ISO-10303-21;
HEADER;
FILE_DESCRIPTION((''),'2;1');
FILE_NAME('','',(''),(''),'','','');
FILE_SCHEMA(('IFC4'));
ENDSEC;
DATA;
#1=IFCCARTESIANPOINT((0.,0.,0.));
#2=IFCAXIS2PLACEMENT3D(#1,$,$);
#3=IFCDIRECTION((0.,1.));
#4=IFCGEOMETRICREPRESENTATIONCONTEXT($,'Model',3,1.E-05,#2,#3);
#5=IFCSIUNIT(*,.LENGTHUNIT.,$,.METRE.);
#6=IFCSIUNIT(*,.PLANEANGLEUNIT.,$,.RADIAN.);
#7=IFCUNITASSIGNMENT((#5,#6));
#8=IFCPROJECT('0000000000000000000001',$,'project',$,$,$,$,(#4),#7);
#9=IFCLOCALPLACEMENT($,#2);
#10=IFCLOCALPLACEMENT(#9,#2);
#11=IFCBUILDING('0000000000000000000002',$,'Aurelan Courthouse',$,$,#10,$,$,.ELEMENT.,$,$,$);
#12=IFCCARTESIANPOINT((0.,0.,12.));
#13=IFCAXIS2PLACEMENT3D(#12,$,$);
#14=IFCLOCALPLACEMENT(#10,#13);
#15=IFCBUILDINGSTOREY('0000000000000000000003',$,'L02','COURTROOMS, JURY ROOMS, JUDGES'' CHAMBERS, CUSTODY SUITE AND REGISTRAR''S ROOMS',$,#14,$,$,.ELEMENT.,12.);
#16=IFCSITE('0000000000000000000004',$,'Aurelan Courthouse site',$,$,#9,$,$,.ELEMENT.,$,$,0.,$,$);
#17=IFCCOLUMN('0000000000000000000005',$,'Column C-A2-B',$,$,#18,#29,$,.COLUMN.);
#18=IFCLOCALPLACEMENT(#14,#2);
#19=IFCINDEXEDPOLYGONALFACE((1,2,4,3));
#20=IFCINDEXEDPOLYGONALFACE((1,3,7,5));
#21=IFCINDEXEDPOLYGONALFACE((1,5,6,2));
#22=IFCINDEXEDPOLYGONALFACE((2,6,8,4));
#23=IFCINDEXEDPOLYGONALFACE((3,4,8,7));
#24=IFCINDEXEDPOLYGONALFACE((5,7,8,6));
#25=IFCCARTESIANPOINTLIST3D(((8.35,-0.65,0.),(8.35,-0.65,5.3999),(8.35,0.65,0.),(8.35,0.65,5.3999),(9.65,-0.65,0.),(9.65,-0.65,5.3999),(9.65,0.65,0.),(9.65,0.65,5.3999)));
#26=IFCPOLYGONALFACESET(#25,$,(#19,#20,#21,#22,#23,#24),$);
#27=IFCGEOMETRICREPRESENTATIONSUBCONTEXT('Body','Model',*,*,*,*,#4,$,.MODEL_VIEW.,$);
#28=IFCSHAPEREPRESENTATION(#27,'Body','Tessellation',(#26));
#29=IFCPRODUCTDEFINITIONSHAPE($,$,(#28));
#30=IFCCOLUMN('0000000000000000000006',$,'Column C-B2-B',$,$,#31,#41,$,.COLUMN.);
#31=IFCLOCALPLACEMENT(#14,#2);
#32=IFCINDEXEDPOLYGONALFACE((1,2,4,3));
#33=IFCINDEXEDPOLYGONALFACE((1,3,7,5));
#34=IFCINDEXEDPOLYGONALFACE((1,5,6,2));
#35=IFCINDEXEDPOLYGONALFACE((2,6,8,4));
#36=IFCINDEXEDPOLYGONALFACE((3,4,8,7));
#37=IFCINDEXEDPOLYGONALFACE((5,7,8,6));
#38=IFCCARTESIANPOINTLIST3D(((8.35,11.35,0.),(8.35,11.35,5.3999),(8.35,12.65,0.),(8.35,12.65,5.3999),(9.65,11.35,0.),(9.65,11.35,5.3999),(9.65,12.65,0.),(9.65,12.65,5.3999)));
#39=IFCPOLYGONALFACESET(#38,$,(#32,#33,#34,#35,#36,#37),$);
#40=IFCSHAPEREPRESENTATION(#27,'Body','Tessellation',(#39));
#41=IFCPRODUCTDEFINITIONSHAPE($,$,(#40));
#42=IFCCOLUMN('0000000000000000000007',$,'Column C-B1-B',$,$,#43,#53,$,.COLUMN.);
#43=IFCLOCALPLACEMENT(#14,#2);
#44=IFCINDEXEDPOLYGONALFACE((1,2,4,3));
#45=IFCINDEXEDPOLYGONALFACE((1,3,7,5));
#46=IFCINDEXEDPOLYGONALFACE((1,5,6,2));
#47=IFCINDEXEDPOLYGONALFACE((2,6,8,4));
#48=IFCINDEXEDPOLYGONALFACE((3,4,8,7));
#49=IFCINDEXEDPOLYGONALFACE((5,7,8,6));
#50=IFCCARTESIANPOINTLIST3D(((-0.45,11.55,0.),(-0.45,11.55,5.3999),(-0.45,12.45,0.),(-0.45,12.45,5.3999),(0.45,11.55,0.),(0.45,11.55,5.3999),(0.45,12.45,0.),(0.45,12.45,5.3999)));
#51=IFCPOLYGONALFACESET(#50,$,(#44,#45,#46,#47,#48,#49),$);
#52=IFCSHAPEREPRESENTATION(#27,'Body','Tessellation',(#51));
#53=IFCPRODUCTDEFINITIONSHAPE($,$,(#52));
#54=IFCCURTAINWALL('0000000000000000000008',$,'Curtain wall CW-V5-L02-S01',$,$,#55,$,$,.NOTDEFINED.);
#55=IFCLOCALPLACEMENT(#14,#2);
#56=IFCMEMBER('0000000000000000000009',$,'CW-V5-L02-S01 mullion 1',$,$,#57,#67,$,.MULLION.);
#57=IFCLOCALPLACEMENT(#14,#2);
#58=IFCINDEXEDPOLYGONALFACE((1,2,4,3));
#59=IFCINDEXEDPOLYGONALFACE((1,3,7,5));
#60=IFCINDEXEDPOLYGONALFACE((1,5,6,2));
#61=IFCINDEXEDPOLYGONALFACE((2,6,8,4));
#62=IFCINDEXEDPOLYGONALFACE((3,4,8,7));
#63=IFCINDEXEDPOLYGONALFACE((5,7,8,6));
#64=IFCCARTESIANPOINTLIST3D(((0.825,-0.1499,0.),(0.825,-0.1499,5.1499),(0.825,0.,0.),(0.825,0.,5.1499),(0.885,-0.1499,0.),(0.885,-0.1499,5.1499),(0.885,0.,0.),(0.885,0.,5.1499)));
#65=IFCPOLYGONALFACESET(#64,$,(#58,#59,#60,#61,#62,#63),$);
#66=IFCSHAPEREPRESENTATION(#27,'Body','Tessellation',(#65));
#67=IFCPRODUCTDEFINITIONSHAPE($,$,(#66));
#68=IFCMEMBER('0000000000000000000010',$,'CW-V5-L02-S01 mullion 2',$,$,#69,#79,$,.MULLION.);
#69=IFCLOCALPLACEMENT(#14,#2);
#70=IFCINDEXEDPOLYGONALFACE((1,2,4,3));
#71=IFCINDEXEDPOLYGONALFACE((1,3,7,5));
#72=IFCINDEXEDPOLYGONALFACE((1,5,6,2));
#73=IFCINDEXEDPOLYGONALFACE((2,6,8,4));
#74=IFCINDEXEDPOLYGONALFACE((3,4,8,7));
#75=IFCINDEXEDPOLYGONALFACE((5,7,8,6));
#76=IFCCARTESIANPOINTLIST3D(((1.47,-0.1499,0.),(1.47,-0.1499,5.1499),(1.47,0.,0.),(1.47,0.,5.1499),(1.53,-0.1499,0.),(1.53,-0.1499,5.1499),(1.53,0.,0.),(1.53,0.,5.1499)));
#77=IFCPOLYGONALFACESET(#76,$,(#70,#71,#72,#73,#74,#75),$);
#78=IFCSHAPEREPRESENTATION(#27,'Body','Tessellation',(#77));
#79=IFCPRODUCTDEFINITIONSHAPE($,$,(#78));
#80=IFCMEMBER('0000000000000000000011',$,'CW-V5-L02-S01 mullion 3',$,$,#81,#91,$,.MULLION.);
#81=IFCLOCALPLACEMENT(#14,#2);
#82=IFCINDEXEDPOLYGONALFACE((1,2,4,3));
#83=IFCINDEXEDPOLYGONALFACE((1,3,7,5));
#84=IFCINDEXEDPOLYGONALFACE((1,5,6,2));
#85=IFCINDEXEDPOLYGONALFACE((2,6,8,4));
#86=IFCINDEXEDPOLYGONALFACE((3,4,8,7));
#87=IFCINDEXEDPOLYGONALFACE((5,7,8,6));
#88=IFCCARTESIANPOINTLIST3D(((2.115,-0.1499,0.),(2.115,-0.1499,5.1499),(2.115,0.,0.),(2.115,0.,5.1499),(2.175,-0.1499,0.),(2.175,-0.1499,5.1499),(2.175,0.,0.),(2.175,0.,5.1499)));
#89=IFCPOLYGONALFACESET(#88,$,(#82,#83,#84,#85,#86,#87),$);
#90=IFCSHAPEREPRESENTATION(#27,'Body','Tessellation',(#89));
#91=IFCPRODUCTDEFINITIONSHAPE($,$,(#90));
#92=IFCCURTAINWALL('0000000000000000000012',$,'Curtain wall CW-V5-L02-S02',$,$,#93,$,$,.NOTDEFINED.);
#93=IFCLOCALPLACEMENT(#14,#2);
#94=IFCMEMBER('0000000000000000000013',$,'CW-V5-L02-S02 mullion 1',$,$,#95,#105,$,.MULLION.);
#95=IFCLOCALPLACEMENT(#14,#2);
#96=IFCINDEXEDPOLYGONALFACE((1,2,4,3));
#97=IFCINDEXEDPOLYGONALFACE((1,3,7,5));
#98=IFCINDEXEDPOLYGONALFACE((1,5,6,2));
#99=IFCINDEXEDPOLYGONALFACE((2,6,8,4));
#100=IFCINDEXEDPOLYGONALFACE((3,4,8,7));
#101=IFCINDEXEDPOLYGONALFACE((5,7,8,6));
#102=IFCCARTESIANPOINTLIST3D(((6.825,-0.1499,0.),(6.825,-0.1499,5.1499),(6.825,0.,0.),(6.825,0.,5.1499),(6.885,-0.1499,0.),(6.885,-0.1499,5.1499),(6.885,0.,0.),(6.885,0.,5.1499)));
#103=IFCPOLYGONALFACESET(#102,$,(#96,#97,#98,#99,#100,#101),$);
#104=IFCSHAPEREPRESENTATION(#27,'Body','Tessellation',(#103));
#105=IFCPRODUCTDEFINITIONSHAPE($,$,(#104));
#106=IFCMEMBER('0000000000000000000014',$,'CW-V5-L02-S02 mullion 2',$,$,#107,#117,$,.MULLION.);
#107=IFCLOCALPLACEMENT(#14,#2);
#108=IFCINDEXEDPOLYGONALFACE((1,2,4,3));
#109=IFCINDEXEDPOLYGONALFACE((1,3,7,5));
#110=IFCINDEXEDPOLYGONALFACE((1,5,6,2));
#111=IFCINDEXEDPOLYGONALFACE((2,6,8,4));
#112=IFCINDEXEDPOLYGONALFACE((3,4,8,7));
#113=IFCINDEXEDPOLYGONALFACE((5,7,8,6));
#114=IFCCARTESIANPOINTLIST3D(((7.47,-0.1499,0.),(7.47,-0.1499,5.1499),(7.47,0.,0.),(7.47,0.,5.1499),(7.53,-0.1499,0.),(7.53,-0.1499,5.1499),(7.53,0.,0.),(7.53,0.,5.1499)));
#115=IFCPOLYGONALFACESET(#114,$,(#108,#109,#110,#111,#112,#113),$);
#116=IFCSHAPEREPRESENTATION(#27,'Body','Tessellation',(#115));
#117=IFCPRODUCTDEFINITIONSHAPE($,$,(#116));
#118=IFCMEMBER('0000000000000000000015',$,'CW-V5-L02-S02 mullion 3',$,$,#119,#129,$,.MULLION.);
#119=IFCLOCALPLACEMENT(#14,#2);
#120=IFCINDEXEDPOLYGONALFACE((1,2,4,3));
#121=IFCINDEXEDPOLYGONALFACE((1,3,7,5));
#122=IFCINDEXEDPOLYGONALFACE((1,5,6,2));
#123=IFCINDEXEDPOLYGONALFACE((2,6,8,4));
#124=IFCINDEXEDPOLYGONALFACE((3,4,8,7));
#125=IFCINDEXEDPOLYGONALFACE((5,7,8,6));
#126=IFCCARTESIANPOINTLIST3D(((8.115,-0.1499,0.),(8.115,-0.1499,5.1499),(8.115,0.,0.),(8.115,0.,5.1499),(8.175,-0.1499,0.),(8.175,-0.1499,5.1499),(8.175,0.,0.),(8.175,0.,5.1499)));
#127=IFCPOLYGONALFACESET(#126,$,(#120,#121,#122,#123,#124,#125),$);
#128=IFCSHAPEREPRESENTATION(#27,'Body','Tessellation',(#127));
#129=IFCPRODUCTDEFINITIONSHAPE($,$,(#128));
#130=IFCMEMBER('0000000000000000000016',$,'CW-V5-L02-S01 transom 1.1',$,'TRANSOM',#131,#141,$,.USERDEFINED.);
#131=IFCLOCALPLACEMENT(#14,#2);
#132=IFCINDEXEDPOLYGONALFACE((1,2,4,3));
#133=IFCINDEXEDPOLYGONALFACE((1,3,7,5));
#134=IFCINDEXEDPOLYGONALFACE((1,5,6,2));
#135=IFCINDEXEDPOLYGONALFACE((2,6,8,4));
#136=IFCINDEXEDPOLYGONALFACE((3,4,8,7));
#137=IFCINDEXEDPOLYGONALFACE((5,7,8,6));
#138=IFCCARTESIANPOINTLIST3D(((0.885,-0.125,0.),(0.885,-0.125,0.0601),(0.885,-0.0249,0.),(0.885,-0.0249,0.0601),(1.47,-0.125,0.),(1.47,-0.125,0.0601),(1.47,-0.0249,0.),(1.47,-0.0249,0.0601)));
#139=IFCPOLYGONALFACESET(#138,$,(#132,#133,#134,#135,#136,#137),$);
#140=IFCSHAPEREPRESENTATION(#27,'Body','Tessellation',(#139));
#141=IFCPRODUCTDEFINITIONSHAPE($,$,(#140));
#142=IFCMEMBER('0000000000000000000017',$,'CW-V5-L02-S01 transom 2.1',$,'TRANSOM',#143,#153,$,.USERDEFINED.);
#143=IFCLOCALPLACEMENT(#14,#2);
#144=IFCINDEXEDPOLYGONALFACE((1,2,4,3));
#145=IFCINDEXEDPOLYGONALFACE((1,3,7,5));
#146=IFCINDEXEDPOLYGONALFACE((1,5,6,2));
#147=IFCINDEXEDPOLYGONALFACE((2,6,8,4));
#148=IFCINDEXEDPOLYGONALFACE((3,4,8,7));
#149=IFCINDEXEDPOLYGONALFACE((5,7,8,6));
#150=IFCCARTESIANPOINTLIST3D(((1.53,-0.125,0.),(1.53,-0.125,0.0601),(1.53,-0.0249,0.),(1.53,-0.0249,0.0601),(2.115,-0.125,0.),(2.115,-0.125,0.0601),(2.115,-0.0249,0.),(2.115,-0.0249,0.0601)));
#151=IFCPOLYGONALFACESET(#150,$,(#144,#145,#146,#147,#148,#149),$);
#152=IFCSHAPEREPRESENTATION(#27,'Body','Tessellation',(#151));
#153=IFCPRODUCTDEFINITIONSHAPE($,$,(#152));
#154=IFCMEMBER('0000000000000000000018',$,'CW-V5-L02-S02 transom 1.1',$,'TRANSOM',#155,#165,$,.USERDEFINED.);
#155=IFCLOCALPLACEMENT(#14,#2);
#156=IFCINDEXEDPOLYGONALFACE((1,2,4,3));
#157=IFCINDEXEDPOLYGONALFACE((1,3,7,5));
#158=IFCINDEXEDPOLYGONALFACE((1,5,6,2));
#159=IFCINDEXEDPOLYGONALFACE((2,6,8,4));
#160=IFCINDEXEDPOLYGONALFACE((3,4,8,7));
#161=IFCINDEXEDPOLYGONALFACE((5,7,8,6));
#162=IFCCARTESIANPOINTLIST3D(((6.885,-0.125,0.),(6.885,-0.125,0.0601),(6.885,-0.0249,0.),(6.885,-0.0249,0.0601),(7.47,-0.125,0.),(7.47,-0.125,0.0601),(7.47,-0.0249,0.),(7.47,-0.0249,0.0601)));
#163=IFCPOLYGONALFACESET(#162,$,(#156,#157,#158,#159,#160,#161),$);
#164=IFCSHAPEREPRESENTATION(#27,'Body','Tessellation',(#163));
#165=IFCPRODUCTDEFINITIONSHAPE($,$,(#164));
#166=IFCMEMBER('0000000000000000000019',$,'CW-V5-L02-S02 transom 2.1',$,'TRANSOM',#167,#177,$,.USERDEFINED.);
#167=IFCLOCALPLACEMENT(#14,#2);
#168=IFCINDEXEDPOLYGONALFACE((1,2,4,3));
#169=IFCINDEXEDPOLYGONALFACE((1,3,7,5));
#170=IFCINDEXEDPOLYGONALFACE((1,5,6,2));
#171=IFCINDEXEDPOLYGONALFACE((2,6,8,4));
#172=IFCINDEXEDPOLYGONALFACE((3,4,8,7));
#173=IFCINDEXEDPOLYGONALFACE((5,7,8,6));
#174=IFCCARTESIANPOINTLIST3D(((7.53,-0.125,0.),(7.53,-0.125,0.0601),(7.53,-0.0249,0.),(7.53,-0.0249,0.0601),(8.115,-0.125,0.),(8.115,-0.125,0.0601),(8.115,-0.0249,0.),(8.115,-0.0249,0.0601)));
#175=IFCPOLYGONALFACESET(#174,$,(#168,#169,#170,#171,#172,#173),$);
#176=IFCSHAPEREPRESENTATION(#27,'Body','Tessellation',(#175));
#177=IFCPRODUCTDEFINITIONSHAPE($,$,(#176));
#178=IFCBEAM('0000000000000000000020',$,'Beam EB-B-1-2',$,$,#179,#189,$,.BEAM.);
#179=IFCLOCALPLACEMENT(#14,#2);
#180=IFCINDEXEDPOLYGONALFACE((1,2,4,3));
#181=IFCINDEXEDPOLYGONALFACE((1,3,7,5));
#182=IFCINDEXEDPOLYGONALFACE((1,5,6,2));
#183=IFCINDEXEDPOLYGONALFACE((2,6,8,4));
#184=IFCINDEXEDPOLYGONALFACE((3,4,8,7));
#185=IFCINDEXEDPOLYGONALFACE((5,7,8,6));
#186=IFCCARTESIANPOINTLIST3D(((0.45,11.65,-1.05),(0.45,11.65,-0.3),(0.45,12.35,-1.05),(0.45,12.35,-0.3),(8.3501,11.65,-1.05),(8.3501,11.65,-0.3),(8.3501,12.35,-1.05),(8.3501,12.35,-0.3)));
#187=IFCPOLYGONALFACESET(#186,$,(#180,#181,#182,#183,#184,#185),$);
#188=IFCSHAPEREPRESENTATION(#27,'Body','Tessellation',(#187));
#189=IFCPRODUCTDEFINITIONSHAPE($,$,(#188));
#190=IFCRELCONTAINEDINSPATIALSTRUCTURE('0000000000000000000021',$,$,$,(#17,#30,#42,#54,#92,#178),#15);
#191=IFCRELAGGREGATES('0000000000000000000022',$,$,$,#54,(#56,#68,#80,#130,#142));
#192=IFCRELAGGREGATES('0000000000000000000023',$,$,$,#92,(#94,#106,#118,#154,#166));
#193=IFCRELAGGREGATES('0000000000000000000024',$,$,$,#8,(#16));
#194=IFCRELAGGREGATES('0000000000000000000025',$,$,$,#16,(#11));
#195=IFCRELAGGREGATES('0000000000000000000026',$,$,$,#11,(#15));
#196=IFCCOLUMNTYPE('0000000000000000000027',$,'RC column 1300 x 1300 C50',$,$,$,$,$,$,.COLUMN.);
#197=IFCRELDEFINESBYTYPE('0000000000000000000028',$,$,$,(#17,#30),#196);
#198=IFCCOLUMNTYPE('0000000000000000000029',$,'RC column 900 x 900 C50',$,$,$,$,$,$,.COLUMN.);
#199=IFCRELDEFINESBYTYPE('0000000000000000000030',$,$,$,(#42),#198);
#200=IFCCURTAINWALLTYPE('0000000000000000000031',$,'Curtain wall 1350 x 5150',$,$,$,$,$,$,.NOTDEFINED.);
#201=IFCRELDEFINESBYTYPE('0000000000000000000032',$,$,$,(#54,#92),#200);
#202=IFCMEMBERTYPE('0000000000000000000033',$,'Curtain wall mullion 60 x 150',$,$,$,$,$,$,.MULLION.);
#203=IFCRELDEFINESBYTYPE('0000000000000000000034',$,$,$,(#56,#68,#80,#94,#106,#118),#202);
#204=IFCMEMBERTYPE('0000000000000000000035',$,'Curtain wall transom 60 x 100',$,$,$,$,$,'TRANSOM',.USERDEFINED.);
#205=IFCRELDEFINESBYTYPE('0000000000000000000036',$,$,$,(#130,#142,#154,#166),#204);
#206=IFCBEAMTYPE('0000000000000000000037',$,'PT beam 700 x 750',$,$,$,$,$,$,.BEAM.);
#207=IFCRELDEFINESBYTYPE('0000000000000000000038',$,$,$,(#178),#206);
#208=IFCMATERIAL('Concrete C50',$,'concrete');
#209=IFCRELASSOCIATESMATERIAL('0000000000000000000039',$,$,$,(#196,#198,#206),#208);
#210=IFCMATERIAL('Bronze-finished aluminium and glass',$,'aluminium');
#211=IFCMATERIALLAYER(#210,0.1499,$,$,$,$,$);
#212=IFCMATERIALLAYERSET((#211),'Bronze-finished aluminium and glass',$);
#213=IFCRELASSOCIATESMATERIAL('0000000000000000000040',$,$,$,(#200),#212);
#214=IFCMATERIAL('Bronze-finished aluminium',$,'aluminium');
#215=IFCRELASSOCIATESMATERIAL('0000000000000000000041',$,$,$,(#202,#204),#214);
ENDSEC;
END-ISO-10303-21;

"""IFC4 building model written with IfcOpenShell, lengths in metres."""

from ifc_helpers import new_model, si_unit, direction, frame, origin, origin_2d, place, context, subcontext, project, spatial, rectangle, extrude, material, layer, layer_set, material_profile, profile_set, type_object, element, aggregate, save


model = new_model("IFC4")

# Units and contexts
model_context = context("Model", 3, precision=1e-05, world=origin(), true_north=direction((0.0, 1.0)))
body_context = subcontext(model_context, "Body", "Model", "MODEL_VIEW")
ifc_project = project(units=[si_unit("LENGTHUNIT", "METRE"), si_unit("PLANEANGLEUNIT", "RADIAN")], contexts=[model_context])

# Site, building, storey
site_placement = place(None, origin())
site = spatial("IfcSite", under=ifc_project, at=site_placement, Name="Aurelan Courthouse site", CompositionType="ELEMENT", RefElevation=0.0)
building_placement = place(site_placement, origin())
building = spatial("IfcBuilding", under=site, at=building_placement, Name="Aurelan Courthouse", CompositionType="ELEMENT")
storey_placement = place(building_placement, frame((0.0, 0.0, 12.0)))
storey = spatial("IfcBuildingStorey", under=building, at=storey_placement, Name="L02", Description="COURTROOMS, JURY ROOMS, JUDGES' CHAMBERS, CUSTODY SUITE AND REGISTRAR'S ROOMS", CompositionType="ELEMENT", Elevation=12.0)

# Columns
ifc_material_1 = material(Name="Concrete C50", Category="concrete")
ifc_material_profile_1 = material_profile(ifc_material_1, rectangle(XDim=1.3, YDim=1.3, at=origin_2d()), Name="RC 1300 x 1300")
ifc_profile_set_1 = profile_set([ifc_material_profile_1], Name="Concrete C50")
column_type_1 = type_object("IfcColumnType", Name="RC column 1300 x 1300 C50", PredefinedType="COLUMN", material=ifc_profile_set_1)
for number, where, z_axis, x_axis, name in (
    (1, (9.0, 0.0, 0.0), (0.0, 0.0, 1.0), (1.0, 0.0, 0.0), "Column C-A2-B"),
    (2, (9.0, 12.0, 0.0), (0.0, 0.0, 1.0), (1.0, 0.0, 0.0), "Column C-B2-B"),
):
    element("IfcColumn", number, at=place(storey_placement, frame(where, z_axis=z_axis, x_axis=x_axis)), inside=storey, type_object=column_type_1, Name=name, PredefinedType="COLUMN", context=body_context, shape_type="SweptSolid", body=[
        extrude(rectangle(XDim=1.3, YDim=1.3, at=origin_2d()), origin(), (0.0, 0.0, 1.0), 5.3999),
    ])
ifc_material_profile_2 = material_profile(ifc_material_1, rectangle(XDim=0.8999, YDim=0.8999, at=origin_2d()), Name="RC 900 x 900")
ifc_profile_set_2 = profile_set([ifc_material_profile_2], Name="Concrete C50")
column_type_2 = type_object("IfcColumnType", Name="RC column 900 x 900 C50", PredefinedType="COLUMN", material=ifc_profile_set_2)
column_placement = place(storey_placement, frame((0.0, 12.0, 0.0), z_axis=(0.0, 0.0, 1.0), x_axis=(1.0, 0.0, 0.0)))
element("IfcColumn", 3, at=column_placement, inside=storey, type_object=column_type_2, Name="Column C-B1-B", PredefinedType="COLUMN", context=body_context, shape_type="SweptSolid", body=[
    extrude(rectangle(XDim=0.8999, YDim=0.8999, at=origin_2d()), origin(), (0.0, 0.0, 1.0), 5.3999),
])

# Curtain walls, members
ifc_material_2 = material(Name="Bronze-finished aluminium and glass", Category="aluminium")
ifc_layer_1 = layer(ifc_material_2, 0.1499)
ifc_layer_set_1 = layer_set([ifc_layer_1], Name="Bronze-finished aluminium and glass")
curtain_wall_type = type_object("IfcCurtainWallType", Name="Curtain wall 1350 x 5150", PredefinedType="NOTDEFINED", material=ifc_layer_set_1)
curtain_wall_1_placement = place(storey_placement, origin())
curtain_wall_1 = element("IfcCurtainWall", 4, at=curtain_wall_1_placement, inside=storey, type_object=curtain_wall_type, Name="Curtain wall CW-V5-L02-S01", PredefinedType="NOTDEFINED")
ifc_material_3 = material(Name="Bronze-finished aluminium", Category="aluminium")
ifc_material_profile_3 = material_profile(ifc_material_3, rectangle(XDim=0.1499, YDim=0.0601, at=origin_2d()), Name="Bronze mullion 60 x 150")
ifc_profile_set_3 = profile_set([ifc_material_profile_3], Name="Bronze-finished aluminium")
member_type_1 = type_object("IfcMemberType", Name="Curtain wall mullion 60 x 150", PredefinedType="MULLION", material=ifc_profile_set_3)
member_1_placement = place(storey_placement, frame((0.855, -0.075, 0.0), z_axis=(0.0, 0.0, 1.0), x_axis=(0.0, 1.0, 0.0)))
member_1 = element("IfcMember", 5, at=member_1_placement, type_object=member_type_1, Name="CW-V5-L02-S01 mullion 1", PredefinedType="MULLION", context=body_context, shape_type="SweptSolid", body=[
    extrude(rectangle(XDim=0.1499, YDim=0.0601, at=origin_2d()), origin(), (0.0, 0.0, 1.0), 5.1499),
])
member_2_placement = place(storey_placement, frame((1.5, -0.075, 0.0), z_axis=(0.0, 0.0, 1.0), x_axis=(0.0, 1.0, 0.0)))
member_2 = element("IfcMember", 6, at=member_2_placement, type_object=member_type_1, Name="CW-V5-L02-S01 mullion 2", PredefinedType="MULLION", context=body_context, shape_type="SweptSolid", body=[
    extrude(rectangle(XDim=0.1499, YDim=0.0601, at=origin_2d()), origin(), (0.0, 0.0, 1.0), 5.1499),
])
member_3_placement = place(storey_placement, frame((2.145, -0.075, 0.0), z_axis=(0.0, 0.0, 1.0), x_axis=(0.0, 1.0, 0.0)))
member_3 = element("IfcMember", 7, at=member_3_placement, type_object=member_type_1, Name="CW-V5-L02-S01 mullion 3", PredefinedType="MULLION", context=body_context, shape_type="SweptSolid", body=[
    extrude(rectangle(XDim=0.1499, YDim=0.0601, at=origin_2d()), origin(), (0.0, 0.0, 1.0), 5.1499),
])
curtain_wall_2_placement = place(storey_placement, origin())
curtain_wall_2 = element("IfcCurtainWall", 8, at=curtain_wall_2_placement, inside=storey, type_object=curtain_wall_type, Name="Curtain wall CW-V5-L02-S02", PredefinedType="NOTDEFINED")
member_4_placement = place(storey_placement, frame((6.855, -0.075, 0.0), z_axis=(0.0, 0.0, 1.0), x_axis=(0.0, 1.0, 0.0)))
member_4 = element("IfcMember", 9, at=member_4_placement, type_object=member_type_1, Name="CW-V5-L02-S02 mullion 1", PredefinedType="MULLION", context=body_context, shape_type="SweptSolid", body=[
    extrude(rectangle(XDim=0.1499, YDim=0.0601, at=origin_2d()), origin(), (0.0, 0.0, 1.0), 5.1499),
])
member_5_placement = place(storey_placement, frame((7.5, -0.075, 0.0), z_axis=(0.0, 0.0, 1.0), x_axis=(0.0, 1.0, 0.0)))
member_5 = element("IfcMember", 10, at=member_5_placement, type_object=member_type_1, Name="CW-V5-L02-S02 mullion 2", PredefinedType="MULLION", context=body_context, shape_type="SweptSolid", body=[
    extrude(rectangle(XDim=0.1499, YDim=0.0601, at=origin_2d()), origin(), (0.0, 0.0, 1.0), 5.1499),
])
member_6_placement = place(storey_placement, frame((8.145, -0.075, 0.0), z_axis=(0.0, 0.0, 1.0), x_axis=(0.0, 1.0, 0.0)))
member_6 = element("IfcMember", 11, at=member_6_placement, type_object=member_type_1, Name="CW-V5-L02-S02 mullion 3", PredefinedType="MULLION", context=body_context, shape_type="SweptSolid", body=[
    extrude(rectangle(XDim=0.1499, YDim=0.0601, at=origin_2d()), origin(), (0.0, 0.0, 1.0), 5.1499),
])

# Members
ifc_material_profile_4 = material_profile(ifc_material_3, rectangle(XDim=0.1001, YDim=0.0601, at=origin_2d()), Name="Bronze transom 60 x 100")
ifc_profile_set_4 = profile_set([ifc_material_profile_4], Name="Bronze-finished aluminium")
member_type_2 = type_object("IfcMemberType", Name="Curtain wall transom 60 x 100", ElementType="TRANSOM", PredefinedType="USERDEFINED", material=ifc_profile_set_4)
member_7_placement = place(storey_placement, frame((0.885, -0.075, 0.03), z_axis=(1.0, 0.0, 0.0), x_axis=(0.0, 1.0, 0.0)))
member_7 = element("IfcMember", 12, at=member_7_placement, type_object=member_type_2, Name="CW-V5-L02-S01 transom 1.1", ObjectType="TRANSOM", PredefinedType="USERDEFINED", context=body_context, shape_type="SweptSolid", body=[
    extrude(rectangle(XDim=0.1001, YDim=0.0601, at=origin_2d()), origin(), (0.0, 0.0, 1.0), 0.585),
])
member_8_placement = place(storey_placement, frame((1.53, -0.075, 0.03), z_axis=(1.0, 0.0, 0.0), x_axis=(0.0, 1.0, 0.0)))
member_8 = element("IfcMember", 13, at=member_8_placement, type_object=member_type_2, Name="CW-V5-L02-S01 transom 2.1", ObjectType="TRANSOM", PredefinedType="USERDEFINED", context=body_context, shape_type="SweptSolid", body=[
    extrude(rectangle(XDim=0.1001, YDim=0.0601, at=origin_2d()), origin(), (0.0, 0.0, 1.0), 0.585),
])
aggregate(curtain_wall_1, [member_1, member_2, member_3, member_7, member_8])
member_9_placement = place(storey_placement, frame((6.885, -0.075, 0.03), z_axis=(1.0, 0.0, 0.0), x_axis=(0.0, 1.0, 0.0)))
member_9 = element("IfcMember", 14, at=member_9_placement, type_object=member_type_2, Name="CW-V5-L02-S02 transom 1.1", ObjectType="TRANSOM", PredefinedType="USERDEFINED", context=body_context, shape_type="SweptSolid", body=[
    extrude(rectangle(XDim=0.1001, YDim=0.0601, at=origin_2d()), origin(), (0.0, 0.0, 1.0), 0.585),
])
member_10_placement = place(storey_placement, frame((7.53, -0.075, 0.03), z_axis=(1.0, 0.0, 0.0), x_axis=(0.0, 1.0, 0.0)))
member_10 = element("IfcMember", 15, at=member_10_placement, type_object=member_type_2, Name="CW-V5-L02-S02 transom 2.1", ObjectType="TRANSOM", PredefinedType="USERDEFINED", context=body_context, shape_type="SweptSolid", body=[
    extrude(rectangle(XDim=0.1001, YDim=0.0601, at=origin_2d()), origin(), (0.0, 0.0, 1.0), 0.585),
])
aggregate(curtain_wall_2, [member_4, member_5, member_6, member_9, member_10])

# Beam
ifc_material_profile_5 = material_profile(ifc_material_1, rectangle(XDim=0.7, YDim=0.75, at=origin_2d()), Name="RC 700 x 750")
ifc_profile_set_5 = profile_set([ifc_material_profile_5], Name="Concrete C50")
beam_type_1 = type_object("IfcBeamType", Name="PT beam 700 x 750", PredefinedType="BEAM", material=ifc_profile_set_5)
beam_1_placement = place(storey_placement, frame((0.45, 12.0, -0.675), z_axis=(1.0, 0.0, 0.0), x_axis=(0.0, 1.0, 0.0)))
element("IfcBeam", 16, at=beam_1_placement, inside=storey, type_object=beam_type_1, Name="Beam EB-B-1-2", PredefinedType="BEAM", context=body_context, shape_type="SweptSolid", body=[
    extrude(rectangle(XDim=0.7, YDim=0.75, at=origin_2d()), origin(), (0.0, 0.0, 1.0), 7.9001),
])

save(model, "model.ifc")
